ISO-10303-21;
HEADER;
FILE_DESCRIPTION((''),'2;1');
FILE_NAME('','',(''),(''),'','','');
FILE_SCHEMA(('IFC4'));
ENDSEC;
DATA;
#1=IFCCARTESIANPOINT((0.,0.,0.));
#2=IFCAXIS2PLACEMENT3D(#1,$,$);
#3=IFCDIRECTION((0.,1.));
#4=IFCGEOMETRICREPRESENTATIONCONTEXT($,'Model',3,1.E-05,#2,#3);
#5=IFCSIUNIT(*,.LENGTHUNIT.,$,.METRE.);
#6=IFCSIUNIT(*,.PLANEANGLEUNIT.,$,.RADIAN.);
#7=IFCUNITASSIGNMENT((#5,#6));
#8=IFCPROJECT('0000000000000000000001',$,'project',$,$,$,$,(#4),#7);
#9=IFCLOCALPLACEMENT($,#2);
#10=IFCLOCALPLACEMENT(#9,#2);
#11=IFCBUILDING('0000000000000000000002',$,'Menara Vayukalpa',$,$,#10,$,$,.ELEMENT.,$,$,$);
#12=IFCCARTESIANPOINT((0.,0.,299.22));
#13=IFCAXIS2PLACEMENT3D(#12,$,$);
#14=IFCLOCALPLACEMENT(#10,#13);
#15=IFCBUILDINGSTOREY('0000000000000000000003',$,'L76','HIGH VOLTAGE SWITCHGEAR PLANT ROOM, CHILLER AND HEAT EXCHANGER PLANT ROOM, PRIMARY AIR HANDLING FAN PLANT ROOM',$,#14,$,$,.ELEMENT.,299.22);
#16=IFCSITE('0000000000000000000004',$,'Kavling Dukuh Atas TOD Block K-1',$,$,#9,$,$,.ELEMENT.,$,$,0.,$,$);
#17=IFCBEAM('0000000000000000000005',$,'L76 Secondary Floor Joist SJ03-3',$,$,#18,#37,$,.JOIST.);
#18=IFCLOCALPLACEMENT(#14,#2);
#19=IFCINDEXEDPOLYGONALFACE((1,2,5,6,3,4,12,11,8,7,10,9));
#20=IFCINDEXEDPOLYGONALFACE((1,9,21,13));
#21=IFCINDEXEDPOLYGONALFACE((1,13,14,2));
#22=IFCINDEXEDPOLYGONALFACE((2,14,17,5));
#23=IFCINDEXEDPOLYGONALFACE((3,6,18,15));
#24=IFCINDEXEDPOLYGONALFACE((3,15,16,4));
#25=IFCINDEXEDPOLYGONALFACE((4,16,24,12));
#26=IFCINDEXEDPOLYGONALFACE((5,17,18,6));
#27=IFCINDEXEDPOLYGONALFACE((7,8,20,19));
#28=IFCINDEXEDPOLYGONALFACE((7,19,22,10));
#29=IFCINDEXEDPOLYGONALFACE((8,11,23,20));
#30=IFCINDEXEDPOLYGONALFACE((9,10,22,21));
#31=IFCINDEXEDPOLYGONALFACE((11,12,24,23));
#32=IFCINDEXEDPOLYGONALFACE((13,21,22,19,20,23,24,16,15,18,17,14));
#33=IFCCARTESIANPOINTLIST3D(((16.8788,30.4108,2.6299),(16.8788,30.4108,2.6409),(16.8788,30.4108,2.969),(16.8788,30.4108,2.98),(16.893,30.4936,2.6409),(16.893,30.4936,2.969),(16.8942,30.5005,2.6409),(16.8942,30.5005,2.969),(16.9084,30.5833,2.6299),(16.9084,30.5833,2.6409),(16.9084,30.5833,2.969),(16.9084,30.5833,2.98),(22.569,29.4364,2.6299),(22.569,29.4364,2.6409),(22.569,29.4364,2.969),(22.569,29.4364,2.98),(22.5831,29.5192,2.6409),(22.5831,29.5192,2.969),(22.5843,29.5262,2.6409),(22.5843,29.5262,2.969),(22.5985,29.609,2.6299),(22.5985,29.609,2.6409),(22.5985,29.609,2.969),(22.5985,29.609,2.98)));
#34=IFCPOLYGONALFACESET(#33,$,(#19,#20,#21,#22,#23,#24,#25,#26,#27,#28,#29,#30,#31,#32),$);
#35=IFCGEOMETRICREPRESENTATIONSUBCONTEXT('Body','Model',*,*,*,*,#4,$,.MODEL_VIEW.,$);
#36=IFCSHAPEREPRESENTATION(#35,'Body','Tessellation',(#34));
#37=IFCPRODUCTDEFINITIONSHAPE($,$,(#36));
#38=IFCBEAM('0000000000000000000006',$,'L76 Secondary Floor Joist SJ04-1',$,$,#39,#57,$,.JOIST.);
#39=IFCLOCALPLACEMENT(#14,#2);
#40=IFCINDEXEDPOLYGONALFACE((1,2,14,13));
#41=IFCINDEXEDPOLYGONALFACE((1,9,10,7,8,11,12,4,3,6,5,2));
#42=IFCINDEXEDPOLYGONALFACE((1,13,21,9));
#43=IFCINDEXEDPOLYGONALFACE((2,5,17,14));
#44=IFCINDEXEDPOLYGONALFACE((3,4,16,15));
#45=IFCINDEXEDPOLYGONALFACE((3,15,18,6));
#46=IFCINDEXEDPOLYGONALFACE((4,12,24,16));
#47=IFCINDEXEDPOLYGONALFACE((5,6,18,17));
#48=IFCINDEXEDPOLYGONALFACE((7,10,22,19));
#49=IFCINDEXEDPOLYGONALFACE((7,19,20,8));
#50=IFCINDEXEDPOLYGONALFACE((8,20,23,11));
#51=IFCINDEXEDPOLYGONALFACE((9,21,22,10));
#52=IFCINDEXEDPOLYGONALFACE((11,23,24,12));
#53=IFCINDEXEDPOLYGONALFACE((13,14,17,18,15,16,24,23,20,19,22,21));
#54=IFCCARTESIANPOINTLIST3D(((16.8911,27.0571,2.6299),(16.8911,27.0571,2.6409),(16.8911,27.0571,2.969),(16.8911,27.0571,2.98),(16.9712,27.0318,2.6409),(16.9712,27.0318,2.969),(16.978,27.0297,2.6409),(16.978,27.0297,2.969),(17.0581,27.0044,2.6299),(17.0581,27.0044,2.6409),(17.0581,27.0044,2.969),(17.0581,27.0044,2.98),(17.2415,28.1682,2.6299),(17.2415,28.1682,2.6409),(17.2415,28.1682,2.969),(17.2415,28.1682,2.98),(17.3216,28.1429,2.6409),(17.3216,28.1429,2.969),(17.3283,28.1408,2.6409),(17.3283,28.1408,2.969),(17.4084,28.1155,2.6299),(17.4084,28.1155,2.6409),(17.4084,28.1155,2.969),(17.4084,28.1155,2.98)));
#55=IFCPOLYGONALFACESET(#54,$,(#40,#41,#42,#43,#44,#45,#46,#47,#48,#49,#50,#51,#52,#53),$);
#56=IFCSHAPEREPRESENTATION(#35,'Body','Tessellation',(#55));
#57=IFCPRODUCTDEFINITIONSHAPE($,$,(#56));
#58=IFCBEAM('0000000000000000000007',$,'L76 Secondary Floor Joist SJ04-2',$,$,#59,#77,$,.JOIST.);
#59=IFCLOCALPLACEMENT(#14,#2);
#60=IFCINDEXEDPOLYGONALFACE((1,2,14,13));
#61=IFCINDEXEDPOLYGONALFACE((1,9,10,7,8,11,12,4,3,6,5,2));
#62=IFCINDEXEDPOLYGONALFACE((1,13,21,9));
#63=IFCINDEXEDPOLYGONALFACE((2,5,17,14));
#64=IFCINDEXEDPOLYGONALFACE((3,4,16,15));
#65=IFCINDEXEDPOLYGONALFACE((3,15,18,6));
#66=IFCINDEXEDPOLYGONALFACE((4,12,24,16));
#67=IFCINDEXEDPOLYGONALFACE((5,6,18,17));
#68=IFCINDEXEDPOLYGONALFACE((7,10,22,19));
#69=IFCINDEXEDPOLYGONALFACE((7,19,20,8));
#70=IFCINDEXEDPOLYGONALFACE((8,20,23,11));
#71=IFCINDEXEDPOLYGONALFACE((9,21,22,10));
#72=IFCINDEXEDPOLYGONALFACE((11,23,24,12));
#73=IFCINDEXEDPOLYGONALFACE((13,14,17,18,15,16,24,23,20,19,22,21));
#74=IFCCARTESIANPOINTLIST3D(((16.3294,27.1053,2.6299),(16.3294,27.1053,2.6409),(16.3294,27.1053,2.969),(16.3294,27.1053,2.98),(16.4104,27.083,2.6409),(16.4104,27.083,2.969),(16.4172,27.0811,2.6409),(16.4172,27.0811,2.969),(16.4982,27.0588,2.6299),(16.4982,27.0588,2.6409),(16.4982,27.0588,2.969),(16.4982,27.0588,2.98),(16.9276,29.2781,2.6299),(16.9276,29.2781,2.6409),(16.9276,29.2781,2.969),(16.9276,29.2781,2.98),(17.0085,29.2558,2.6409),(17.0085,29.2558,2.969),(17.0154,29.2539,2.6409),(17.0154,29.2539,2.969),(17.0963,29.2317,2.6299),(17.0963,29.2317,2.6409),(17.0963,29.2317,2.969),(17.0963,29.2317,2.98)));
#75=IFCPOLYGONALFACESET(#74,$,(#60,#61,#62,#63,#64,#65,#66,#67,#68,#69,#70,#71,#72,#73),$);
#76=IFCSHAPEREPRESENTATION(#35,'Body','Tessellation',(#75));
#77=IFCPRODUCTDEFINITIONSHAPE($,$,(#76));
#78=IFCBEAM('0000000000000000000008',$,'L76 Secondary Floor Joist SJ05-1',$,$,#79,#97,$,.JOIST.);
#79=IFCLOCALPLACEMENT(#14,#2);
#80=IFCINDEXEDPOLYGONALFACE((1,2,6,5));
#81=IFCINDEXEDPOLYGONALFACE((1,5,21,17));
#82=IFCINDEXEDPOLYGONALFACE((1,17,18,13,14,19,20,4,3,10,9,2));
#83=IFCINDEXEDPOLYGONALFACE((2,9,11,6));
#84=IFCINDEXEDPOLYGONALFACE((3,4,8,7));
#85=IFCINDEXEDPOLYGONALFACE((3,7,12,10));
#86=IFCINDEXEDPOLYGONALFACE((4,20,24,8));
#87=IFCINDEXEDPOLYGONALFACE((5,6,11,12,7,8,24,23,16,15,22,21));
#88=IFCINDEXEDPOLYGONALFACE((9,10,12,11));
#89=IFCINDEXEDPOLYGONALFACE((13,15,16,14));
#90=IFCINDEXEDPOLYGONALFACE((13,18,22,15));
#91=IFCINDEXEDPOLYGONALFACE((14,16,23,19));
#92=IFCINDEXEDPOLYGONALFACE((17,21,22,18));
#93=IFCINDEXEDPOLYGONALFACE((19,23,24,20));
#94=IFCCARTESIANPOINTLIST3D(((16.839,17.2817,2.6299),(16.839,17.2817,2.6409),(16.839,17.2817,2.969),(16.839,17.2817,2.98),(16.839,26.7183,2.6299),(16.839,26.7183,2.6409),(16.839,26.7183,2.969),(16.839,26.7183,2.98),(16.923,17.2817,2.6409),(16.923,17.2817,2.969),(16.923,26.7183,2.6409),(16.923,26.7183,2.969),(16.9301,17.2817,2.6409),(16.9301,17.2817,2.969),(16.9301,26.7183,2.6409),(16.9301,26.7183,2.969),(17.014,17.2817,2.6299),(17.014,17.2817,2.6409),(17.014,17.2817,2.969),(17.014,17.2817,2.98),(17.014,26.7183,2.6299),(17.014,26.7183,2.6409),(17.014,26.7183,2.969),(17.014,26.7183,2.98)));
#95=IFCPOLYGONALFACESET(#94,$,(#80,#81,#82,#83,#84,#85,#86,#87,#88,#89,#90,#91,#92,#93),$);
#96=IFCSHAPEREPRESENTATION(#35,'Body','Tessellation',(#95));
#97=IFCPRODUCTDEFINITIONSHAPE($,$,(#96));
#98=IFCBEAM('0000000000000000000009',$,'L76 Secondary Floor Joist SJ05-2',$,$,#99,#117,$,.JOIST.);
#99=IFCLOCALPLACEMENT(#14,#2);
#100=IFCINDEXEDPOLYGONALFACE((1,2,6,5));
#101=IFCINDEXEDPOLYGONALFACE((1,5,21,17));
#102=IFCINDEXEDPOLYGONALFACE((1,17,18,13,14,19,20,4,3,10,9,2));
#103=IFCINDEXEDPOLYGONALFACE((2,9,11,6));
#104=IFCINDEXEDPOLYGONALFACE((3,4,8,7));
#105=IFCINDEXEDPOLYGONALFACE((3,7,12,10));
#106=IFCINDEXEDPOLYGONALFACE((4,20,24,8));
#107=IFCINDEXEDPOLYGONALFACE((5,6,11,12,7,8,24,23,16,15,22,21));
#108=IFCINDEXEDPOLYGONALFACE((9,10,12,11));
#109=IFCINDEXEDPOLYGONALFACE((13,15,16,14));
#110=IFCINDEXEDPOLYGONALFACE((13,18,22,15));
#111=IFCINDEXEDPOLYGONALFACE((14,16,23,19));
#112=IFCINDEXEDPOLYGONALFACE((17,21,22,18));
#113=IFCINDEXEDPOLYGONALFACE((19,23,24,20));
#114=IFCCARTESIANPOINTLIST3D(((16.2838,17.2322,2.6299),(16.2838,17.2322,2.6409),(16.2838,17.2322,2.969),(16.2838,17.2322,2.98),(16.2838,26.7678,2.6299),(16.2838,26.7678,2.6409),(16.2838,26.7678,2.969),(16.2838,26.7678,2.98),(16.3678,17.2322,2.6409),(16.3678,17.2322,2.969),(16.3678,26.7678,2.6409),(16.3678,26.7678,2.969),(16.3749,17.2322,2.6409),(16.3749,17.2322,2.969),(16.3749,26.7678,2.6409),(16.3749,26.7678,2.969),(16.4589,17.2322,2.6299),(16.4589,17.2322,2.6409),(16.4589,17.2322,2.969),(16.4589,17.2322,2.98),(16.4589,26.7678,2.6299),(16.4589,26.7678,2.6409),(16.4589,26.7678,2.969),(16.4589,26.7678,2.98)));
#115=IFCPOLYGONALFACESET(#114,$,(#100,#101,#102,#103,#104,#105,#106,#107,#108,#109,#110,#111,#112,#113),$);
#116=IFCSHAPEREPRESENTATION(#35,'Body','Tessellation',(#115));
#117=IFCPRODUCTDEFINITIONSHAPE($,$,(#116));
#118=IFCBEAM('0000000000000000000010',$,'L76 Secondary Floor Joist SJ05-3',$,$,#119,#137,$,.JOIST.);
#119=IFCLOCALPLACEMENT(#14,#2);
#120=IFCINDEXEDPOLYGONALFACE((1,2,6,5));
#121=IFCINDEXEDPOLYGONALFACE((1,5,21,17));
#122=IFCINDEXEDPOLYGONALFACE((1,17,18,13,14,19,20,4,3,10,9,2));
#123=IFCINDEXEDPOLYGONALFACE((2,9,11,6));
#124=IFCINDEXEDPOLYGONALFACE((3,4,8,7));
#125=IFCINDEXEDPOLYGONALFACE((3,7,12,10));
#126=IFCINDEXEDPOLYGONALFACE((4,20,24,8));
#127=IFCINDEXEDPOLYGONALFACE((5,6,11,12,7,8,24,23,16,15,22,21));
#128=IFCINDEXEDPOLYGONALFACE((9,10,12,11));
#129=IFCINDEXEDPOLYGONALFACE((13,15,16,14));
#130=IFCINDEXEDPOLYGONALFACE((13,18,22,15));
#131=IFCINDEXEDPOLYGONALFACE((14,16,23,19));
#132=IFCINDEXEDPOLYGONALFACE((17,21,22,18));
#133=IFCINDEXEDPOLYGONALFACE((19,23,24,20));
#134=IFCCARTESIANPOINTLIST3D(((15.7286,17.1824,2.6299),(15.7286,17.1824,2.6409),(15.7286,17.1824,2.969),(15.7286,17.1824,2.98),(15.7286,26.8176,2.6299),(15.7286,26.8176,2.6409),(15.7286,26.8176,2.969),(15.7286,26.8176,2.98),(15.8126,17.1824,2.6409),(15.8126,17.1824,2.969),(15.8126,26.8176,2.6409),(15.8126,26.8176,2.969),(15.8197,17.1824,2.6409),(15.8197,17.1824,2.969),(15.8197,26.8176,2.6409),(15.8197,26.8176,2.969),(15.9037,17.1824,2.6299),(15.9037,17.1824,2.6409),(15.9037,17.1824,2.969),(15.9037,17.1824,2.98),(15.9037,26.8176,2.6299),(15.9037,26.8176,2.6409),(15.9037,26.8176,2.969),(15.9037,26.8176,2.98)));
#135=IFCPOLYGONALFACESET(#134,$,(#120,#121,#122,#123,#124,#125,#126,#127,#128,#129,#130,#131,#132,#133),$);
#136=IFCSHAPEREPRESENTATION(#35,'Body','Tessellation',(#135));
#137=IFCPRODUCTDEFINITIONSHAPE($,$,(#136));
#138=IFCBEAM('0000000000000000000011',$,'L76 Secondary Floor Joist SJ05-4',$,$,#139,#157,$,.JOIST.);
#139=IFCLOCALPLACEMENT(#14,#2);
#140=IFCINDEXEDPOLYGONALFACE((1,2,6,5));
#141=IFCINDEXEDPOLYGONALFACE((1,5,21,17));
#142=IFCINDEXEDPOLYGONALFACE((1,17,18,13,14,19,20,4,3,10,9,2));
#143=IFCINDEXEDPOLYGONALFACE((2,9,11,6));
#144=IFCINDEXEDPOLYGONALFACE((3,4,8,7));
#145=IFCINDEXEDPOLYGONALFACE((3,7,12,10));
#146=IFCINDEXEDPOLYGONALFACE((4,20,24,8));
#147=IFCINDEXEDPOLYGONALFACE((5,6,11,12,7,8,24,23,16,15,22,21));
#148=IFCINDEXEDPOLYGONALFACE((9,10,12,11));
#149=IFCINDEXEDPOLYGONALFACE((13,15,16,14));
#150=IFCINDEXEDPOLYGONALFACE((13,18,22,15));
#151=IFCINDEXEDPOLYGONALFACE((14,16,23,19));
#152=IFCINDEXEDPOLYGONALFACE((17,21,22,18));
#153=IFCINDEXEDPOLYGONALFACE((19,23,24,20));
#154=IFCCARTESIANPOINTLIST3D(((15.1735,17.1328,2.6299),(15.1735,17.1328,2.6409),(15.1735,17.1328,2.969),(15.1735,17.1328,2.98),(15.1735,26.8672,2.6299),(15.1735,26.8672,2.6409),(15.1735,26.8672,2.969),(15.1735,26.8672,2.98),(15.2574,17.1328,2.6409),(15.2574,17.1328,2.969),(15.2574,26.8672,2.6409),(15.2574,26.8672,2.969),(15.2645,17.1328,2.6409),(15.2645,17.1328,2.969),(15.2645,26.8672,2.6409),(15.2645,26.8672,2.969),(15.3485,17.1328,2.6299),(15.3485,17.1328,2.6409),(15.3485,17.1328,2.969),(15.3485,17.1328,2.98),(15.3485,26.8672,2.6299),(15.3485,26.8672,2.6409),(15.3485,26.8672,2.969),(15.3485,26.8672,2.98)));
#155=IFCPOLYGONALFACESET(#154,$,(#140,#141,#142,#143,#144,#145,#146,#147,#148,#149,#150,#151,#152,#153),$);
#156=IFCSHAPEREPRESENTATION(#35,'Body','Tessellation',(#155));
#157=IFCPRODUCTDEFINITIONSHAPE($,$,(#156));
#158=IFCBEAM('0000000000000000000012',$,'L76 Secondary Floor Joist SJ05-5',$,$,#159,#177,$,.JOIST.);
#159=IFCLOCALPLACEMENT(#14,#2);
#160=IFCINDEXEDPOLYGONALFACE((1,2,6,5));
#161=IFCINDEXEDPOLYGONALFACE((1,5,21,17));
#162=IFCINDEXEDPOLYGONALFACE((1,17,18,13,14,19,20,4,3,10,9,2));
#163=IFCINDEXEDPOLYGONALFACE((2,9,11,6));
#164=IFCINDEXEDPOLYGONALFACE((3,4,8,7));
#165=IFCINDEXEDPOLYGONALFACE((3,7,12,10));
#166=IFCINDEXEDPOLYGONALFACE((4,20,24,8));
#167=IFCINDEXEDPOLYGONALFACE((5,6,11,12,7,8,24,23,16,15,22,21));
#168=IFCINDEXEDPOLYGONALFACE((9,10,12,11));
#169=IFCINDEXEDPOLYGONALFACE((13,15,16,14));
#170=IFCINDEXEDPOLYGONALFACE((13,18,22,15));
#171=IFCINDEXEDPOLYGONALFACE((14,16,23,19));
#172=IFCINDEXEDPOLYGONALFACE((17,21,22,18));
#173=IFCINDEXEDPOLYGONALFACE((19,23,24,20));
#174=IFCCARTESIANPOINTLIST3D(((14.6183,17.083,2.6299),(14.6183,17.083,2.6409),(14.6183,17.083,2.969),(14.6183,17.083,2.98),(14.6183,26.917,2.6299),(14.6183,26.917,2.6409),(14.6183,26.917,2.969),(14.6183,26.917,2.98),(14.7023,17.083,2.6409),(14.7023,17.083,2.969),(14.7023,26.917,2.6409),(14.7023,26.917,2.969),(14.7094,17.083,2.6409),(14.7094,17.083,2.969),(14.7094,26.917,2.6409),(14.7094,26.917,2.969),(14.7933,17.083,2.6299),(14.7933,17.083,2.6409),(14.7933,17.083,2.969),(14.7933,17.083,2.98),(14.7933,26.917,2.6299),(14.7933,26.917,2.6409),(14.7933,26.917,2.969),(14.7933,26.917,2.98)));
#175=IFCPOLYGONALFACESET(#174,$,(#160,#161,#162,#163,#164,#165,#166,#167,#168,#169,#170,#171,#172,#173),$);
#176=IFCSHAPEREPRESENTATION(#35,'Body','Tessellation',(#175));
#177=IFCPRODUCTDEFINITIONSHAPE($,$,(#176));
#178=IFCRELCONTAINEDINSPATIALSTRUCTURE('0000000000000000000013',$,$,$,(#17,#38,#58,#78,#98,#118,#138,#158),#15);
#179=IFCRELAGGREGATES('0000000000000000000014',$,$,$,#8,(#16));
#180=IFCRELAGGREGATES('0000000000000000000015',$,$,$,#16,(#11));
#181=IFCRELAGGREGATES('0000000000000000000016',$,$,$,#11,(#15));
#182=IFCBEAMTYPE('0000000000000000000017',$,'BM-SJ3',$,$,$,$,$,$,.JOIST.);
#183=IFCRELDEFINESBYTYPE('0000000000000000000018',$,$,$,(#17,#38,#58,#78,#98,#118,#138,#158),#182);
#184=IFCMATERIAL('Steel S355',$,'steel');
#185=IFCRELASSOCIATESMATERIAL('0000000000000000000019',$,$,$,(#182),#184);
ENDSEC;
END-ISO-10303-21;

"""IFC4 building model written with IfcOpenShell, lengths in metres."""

from ifc_helpers import new_model, si_unit, direction, frame, origin, origin_2d, place, context, subcontext, project, spatial, i_section, extrude, material, material_profile, profile_set, type_object, element, save


model = new_model("IFC4")

# Units and contexts
model_context = context("Model", 3, precision=1e-05, world=origin(), true_north=direction((0.0, 1.0)))
body_context = subcontext(model_context, "Body", "Model", "MODEL_VIEW")
ifc_project = project(units=[si_unit("LENGTHUNIT", "METRE"), si_unit("PLANEANGLEUNIT", "RADIAN")], contexts=[model_context])

# Site, building, storey
site_placement = place(None, origin())
site = spatial("IfcSite", under=ifc_project, at=site_placement, Name="Kavling Dukuh Atas TOD Block K-1", CompositionType="ELEMENT", RefElevation=0.0)
building_placement = place(site_placement, origin())
building = spatial("IfcBuilding", under=site, at=building_placement, Name="Menara Vayukalpa", CompositionType="ELEMENT")
storey_placement = place(building_placement, frame((0.0, 0.0, 299.22)))
storey = spatial("IfcBuildingStorey", under=building, at=storey_placement, Name="L76", Description="HIGH VOLTAGE SWITCHGEAR PLANT ROOM, CHILLER AND HEAT EXCHANGER PLANT ROOM, PRIMARY AIR HANDLING FAN PLANT ROOM", CompositionType="ELEMENT", Elevation=299.22)

# Beams
ifc_material_1 = material(Name="Steel S355", Category="steel")
ifc_material_profile_1 = material_profile(ifc_material_1, i_section(OverallWidth=0.175, OverallDepth=0.3501, WebThickness=0.0071, FlangeThickness=0.011, at=origin_2d()), Name="WF 350x175x7x11")
ifc_profile_set_1 = profile_set([ifc_material_profile_1], Name="Steel S355")
beam_type_1 = type_object("IfcBeamType", Name="BM-SJ3", PredefinedType="JOIST", material=ifc_profile_set_1)
beam_1_placement = place(storey_placement, frame((22.5837, 29.5227, 2.8049), z_axis=(-0.985654, 0.16878, 0.0), x_axis=(-0.16878, -0.985654, 0.0)))
element("IfcBeam", 1, at=beam_1_placement, inside=storey, type_object=beam_type_1, Name="L76 Secondary Floor Joist SJ03-3", PredefinedType="JOIST", context=body_context, shape_type="SweptSolid", body=[
    extrude(i_section(OverallWidth=0.175, OverallDepth=0.3501, WebThickness=0.0071, FlangeThickness=0.011, at=origin_2d()), origin(), (0.0, 0.0, 1.0), 5.7729),
])
beam_2_placement = place(storey_placement, frame((17.325, 28.1418, 2.8049), z_axis=(-0.30072, -0.953712, 0.0), x_axis=(0.953712, -0.30072, 0.0)))
element("IfcBeam", 2, at=beam_2_placement, inside=storey, type_object=beam_type_1, Name="L76 Secondary Floor Joist SJ04-1", PredefinedType="JOIST", context=body_context, shape_type="SweptSolid", body=[
    extrude(i_section(OverallWidth=0.175, OverallDepth=0.3501, WebThickness=0.0071, FlangeThickness=0.011, at=origin_2d()), origin(), (0.0, 0.0, 1.0), 1.165),
])
beam_3_placement = place(storey_placement, frame((17.012, 29.2549, 2.8049), z_axis=(-0.265408, -0.964136, 0.0), x_axis=(0.964136, -0.265408, 0.0)))
element("IfcBeam", 3, at=beam_3_placement, inside=storey, type_object=beam_type_1, Name="L76 Secondary Floor Joist SJ04-2", PredefinedType="JOIST", context=body_context, shape_type="SweptSolid", body=[
    extrude(i_section(OverallWidth=0.175, OverallDepth=0.3501, WebThickness=0.0071, FlangeThickness=0.011, at=origin_2d()), origin(), (0.0, 0.0, 1.0), 2.2537),
])
beam_4_placement = place(storey_placement, frame((16.9265, 26.7183, 2.8049), z_axis=(0.0, -1.0, 0.0), x_axis=(1.0, 0.0, 0.0)))
element("IfcBeam", 4, at=beam_4_placement, inside=storey, type_object=beam_type_1, Name="L76 Secondary Floor Joist SJ05-1", PredefinedType="JOIST", context=body_context, shape_type="SweptSolid", body=[
    extrude(i_section(OverallWidth=0.175, OverallDepth=0.3501, WebThickness=0.0071, FlangeThickness=0.011, at=origin_2d()), origin(), (0.0, 0.0, 1.0), 9.4365),
])
beam_5_placement = place(storey_placement, frame((16.3713, 26.7678, 2.8049), z_axis=(0.0, -1.0, 0.0), x_axis=(1.0, 0.0, 0.0)))
element("IfcBeam", 5, at=beam_5_placement, inside=storey, type_object=beam_type_1, Name="L76 Secondary Floor Joist SJ05-2", PredefinedType="JOIST", context=body_context, shape_type="SweptSolid", body=[
    extrude(i_section(OverallWidth=0.175, OverallDepth=0.3501, WebThickness=0.0071, FlangeThickness=0.011, at=origin_2d()), origin(), (0.0, 0.0, 1.0), 9.5356),
])
beam_6_placement = place(storey_placement, frame((15.8162, 26.8176, 2.8049), z_axis=(0.0, -1.0, 0.0), x_axis=(1.0, 0.0, 0.0)))
element("IfcBeam", 6, at=beam_6_placement, inside=storey, type_object=beam_type_1, Name="L76 Secondary Floor Joist SJ05-3", PredefinedType="JOIST", context=body_context, shape_type="SweptSolid", body=[
    extrude(i_section(OverallWidth=0.175, OverallDepth=0.3501, WebThickness=0.0071, FlangeThickness=0.011, at=origin_2d()), origin(), (0.0, 0.0, 1.0), 9.6353),
])
beam_7_placement = place(storey_placement, frame((15.261, 26.8672, 2.8049), z_axis=(0.0, -1.0, 0.0), x_axis=(1.0, 0.0, 0.0)))
element("IfcBeam", 7, at=beam_7_placement, inside=storey, type_object=beam_type_1, Name="L76 Secondary Floor Joist SJ05-4", PredefinedType="JOIST", context=body_context, shape_type="SweptSolid", body=[
    extrude(i_section(OverallWidth=0.175, OverallDepth=0.3501, WebThickness=0.0071, FlangeThickness=0.011, at=origin_2d()), origin(), (0.0, 0.0, 1.0), 9.7344),
])
beam_8_placement = place(storey_placement, frame((14.7058, 26.917, 2.8049), z_axis=(0.0, -1.0, 0.0), x_axis=(1.0, 0.0, 0.0)))
element("IfcBeam", 8, at=beam_8_placement, inside=storey, type_object=beam_type_1, Name="L76 Secondary Floor Joist SJ05-5", PredefinedType="JOIST", context=body_context, shape_type="SweptSolid", body=[
    extrude(i_section(OverallWidth=0.175, OverallDepth=0.3501, WebThickness=0.0071, FlangeThickness=0.011, at=origin_2d()), origin(), (0.0, 0.0, 1.0), 9.834),
])

save(model, "model.ifc")
